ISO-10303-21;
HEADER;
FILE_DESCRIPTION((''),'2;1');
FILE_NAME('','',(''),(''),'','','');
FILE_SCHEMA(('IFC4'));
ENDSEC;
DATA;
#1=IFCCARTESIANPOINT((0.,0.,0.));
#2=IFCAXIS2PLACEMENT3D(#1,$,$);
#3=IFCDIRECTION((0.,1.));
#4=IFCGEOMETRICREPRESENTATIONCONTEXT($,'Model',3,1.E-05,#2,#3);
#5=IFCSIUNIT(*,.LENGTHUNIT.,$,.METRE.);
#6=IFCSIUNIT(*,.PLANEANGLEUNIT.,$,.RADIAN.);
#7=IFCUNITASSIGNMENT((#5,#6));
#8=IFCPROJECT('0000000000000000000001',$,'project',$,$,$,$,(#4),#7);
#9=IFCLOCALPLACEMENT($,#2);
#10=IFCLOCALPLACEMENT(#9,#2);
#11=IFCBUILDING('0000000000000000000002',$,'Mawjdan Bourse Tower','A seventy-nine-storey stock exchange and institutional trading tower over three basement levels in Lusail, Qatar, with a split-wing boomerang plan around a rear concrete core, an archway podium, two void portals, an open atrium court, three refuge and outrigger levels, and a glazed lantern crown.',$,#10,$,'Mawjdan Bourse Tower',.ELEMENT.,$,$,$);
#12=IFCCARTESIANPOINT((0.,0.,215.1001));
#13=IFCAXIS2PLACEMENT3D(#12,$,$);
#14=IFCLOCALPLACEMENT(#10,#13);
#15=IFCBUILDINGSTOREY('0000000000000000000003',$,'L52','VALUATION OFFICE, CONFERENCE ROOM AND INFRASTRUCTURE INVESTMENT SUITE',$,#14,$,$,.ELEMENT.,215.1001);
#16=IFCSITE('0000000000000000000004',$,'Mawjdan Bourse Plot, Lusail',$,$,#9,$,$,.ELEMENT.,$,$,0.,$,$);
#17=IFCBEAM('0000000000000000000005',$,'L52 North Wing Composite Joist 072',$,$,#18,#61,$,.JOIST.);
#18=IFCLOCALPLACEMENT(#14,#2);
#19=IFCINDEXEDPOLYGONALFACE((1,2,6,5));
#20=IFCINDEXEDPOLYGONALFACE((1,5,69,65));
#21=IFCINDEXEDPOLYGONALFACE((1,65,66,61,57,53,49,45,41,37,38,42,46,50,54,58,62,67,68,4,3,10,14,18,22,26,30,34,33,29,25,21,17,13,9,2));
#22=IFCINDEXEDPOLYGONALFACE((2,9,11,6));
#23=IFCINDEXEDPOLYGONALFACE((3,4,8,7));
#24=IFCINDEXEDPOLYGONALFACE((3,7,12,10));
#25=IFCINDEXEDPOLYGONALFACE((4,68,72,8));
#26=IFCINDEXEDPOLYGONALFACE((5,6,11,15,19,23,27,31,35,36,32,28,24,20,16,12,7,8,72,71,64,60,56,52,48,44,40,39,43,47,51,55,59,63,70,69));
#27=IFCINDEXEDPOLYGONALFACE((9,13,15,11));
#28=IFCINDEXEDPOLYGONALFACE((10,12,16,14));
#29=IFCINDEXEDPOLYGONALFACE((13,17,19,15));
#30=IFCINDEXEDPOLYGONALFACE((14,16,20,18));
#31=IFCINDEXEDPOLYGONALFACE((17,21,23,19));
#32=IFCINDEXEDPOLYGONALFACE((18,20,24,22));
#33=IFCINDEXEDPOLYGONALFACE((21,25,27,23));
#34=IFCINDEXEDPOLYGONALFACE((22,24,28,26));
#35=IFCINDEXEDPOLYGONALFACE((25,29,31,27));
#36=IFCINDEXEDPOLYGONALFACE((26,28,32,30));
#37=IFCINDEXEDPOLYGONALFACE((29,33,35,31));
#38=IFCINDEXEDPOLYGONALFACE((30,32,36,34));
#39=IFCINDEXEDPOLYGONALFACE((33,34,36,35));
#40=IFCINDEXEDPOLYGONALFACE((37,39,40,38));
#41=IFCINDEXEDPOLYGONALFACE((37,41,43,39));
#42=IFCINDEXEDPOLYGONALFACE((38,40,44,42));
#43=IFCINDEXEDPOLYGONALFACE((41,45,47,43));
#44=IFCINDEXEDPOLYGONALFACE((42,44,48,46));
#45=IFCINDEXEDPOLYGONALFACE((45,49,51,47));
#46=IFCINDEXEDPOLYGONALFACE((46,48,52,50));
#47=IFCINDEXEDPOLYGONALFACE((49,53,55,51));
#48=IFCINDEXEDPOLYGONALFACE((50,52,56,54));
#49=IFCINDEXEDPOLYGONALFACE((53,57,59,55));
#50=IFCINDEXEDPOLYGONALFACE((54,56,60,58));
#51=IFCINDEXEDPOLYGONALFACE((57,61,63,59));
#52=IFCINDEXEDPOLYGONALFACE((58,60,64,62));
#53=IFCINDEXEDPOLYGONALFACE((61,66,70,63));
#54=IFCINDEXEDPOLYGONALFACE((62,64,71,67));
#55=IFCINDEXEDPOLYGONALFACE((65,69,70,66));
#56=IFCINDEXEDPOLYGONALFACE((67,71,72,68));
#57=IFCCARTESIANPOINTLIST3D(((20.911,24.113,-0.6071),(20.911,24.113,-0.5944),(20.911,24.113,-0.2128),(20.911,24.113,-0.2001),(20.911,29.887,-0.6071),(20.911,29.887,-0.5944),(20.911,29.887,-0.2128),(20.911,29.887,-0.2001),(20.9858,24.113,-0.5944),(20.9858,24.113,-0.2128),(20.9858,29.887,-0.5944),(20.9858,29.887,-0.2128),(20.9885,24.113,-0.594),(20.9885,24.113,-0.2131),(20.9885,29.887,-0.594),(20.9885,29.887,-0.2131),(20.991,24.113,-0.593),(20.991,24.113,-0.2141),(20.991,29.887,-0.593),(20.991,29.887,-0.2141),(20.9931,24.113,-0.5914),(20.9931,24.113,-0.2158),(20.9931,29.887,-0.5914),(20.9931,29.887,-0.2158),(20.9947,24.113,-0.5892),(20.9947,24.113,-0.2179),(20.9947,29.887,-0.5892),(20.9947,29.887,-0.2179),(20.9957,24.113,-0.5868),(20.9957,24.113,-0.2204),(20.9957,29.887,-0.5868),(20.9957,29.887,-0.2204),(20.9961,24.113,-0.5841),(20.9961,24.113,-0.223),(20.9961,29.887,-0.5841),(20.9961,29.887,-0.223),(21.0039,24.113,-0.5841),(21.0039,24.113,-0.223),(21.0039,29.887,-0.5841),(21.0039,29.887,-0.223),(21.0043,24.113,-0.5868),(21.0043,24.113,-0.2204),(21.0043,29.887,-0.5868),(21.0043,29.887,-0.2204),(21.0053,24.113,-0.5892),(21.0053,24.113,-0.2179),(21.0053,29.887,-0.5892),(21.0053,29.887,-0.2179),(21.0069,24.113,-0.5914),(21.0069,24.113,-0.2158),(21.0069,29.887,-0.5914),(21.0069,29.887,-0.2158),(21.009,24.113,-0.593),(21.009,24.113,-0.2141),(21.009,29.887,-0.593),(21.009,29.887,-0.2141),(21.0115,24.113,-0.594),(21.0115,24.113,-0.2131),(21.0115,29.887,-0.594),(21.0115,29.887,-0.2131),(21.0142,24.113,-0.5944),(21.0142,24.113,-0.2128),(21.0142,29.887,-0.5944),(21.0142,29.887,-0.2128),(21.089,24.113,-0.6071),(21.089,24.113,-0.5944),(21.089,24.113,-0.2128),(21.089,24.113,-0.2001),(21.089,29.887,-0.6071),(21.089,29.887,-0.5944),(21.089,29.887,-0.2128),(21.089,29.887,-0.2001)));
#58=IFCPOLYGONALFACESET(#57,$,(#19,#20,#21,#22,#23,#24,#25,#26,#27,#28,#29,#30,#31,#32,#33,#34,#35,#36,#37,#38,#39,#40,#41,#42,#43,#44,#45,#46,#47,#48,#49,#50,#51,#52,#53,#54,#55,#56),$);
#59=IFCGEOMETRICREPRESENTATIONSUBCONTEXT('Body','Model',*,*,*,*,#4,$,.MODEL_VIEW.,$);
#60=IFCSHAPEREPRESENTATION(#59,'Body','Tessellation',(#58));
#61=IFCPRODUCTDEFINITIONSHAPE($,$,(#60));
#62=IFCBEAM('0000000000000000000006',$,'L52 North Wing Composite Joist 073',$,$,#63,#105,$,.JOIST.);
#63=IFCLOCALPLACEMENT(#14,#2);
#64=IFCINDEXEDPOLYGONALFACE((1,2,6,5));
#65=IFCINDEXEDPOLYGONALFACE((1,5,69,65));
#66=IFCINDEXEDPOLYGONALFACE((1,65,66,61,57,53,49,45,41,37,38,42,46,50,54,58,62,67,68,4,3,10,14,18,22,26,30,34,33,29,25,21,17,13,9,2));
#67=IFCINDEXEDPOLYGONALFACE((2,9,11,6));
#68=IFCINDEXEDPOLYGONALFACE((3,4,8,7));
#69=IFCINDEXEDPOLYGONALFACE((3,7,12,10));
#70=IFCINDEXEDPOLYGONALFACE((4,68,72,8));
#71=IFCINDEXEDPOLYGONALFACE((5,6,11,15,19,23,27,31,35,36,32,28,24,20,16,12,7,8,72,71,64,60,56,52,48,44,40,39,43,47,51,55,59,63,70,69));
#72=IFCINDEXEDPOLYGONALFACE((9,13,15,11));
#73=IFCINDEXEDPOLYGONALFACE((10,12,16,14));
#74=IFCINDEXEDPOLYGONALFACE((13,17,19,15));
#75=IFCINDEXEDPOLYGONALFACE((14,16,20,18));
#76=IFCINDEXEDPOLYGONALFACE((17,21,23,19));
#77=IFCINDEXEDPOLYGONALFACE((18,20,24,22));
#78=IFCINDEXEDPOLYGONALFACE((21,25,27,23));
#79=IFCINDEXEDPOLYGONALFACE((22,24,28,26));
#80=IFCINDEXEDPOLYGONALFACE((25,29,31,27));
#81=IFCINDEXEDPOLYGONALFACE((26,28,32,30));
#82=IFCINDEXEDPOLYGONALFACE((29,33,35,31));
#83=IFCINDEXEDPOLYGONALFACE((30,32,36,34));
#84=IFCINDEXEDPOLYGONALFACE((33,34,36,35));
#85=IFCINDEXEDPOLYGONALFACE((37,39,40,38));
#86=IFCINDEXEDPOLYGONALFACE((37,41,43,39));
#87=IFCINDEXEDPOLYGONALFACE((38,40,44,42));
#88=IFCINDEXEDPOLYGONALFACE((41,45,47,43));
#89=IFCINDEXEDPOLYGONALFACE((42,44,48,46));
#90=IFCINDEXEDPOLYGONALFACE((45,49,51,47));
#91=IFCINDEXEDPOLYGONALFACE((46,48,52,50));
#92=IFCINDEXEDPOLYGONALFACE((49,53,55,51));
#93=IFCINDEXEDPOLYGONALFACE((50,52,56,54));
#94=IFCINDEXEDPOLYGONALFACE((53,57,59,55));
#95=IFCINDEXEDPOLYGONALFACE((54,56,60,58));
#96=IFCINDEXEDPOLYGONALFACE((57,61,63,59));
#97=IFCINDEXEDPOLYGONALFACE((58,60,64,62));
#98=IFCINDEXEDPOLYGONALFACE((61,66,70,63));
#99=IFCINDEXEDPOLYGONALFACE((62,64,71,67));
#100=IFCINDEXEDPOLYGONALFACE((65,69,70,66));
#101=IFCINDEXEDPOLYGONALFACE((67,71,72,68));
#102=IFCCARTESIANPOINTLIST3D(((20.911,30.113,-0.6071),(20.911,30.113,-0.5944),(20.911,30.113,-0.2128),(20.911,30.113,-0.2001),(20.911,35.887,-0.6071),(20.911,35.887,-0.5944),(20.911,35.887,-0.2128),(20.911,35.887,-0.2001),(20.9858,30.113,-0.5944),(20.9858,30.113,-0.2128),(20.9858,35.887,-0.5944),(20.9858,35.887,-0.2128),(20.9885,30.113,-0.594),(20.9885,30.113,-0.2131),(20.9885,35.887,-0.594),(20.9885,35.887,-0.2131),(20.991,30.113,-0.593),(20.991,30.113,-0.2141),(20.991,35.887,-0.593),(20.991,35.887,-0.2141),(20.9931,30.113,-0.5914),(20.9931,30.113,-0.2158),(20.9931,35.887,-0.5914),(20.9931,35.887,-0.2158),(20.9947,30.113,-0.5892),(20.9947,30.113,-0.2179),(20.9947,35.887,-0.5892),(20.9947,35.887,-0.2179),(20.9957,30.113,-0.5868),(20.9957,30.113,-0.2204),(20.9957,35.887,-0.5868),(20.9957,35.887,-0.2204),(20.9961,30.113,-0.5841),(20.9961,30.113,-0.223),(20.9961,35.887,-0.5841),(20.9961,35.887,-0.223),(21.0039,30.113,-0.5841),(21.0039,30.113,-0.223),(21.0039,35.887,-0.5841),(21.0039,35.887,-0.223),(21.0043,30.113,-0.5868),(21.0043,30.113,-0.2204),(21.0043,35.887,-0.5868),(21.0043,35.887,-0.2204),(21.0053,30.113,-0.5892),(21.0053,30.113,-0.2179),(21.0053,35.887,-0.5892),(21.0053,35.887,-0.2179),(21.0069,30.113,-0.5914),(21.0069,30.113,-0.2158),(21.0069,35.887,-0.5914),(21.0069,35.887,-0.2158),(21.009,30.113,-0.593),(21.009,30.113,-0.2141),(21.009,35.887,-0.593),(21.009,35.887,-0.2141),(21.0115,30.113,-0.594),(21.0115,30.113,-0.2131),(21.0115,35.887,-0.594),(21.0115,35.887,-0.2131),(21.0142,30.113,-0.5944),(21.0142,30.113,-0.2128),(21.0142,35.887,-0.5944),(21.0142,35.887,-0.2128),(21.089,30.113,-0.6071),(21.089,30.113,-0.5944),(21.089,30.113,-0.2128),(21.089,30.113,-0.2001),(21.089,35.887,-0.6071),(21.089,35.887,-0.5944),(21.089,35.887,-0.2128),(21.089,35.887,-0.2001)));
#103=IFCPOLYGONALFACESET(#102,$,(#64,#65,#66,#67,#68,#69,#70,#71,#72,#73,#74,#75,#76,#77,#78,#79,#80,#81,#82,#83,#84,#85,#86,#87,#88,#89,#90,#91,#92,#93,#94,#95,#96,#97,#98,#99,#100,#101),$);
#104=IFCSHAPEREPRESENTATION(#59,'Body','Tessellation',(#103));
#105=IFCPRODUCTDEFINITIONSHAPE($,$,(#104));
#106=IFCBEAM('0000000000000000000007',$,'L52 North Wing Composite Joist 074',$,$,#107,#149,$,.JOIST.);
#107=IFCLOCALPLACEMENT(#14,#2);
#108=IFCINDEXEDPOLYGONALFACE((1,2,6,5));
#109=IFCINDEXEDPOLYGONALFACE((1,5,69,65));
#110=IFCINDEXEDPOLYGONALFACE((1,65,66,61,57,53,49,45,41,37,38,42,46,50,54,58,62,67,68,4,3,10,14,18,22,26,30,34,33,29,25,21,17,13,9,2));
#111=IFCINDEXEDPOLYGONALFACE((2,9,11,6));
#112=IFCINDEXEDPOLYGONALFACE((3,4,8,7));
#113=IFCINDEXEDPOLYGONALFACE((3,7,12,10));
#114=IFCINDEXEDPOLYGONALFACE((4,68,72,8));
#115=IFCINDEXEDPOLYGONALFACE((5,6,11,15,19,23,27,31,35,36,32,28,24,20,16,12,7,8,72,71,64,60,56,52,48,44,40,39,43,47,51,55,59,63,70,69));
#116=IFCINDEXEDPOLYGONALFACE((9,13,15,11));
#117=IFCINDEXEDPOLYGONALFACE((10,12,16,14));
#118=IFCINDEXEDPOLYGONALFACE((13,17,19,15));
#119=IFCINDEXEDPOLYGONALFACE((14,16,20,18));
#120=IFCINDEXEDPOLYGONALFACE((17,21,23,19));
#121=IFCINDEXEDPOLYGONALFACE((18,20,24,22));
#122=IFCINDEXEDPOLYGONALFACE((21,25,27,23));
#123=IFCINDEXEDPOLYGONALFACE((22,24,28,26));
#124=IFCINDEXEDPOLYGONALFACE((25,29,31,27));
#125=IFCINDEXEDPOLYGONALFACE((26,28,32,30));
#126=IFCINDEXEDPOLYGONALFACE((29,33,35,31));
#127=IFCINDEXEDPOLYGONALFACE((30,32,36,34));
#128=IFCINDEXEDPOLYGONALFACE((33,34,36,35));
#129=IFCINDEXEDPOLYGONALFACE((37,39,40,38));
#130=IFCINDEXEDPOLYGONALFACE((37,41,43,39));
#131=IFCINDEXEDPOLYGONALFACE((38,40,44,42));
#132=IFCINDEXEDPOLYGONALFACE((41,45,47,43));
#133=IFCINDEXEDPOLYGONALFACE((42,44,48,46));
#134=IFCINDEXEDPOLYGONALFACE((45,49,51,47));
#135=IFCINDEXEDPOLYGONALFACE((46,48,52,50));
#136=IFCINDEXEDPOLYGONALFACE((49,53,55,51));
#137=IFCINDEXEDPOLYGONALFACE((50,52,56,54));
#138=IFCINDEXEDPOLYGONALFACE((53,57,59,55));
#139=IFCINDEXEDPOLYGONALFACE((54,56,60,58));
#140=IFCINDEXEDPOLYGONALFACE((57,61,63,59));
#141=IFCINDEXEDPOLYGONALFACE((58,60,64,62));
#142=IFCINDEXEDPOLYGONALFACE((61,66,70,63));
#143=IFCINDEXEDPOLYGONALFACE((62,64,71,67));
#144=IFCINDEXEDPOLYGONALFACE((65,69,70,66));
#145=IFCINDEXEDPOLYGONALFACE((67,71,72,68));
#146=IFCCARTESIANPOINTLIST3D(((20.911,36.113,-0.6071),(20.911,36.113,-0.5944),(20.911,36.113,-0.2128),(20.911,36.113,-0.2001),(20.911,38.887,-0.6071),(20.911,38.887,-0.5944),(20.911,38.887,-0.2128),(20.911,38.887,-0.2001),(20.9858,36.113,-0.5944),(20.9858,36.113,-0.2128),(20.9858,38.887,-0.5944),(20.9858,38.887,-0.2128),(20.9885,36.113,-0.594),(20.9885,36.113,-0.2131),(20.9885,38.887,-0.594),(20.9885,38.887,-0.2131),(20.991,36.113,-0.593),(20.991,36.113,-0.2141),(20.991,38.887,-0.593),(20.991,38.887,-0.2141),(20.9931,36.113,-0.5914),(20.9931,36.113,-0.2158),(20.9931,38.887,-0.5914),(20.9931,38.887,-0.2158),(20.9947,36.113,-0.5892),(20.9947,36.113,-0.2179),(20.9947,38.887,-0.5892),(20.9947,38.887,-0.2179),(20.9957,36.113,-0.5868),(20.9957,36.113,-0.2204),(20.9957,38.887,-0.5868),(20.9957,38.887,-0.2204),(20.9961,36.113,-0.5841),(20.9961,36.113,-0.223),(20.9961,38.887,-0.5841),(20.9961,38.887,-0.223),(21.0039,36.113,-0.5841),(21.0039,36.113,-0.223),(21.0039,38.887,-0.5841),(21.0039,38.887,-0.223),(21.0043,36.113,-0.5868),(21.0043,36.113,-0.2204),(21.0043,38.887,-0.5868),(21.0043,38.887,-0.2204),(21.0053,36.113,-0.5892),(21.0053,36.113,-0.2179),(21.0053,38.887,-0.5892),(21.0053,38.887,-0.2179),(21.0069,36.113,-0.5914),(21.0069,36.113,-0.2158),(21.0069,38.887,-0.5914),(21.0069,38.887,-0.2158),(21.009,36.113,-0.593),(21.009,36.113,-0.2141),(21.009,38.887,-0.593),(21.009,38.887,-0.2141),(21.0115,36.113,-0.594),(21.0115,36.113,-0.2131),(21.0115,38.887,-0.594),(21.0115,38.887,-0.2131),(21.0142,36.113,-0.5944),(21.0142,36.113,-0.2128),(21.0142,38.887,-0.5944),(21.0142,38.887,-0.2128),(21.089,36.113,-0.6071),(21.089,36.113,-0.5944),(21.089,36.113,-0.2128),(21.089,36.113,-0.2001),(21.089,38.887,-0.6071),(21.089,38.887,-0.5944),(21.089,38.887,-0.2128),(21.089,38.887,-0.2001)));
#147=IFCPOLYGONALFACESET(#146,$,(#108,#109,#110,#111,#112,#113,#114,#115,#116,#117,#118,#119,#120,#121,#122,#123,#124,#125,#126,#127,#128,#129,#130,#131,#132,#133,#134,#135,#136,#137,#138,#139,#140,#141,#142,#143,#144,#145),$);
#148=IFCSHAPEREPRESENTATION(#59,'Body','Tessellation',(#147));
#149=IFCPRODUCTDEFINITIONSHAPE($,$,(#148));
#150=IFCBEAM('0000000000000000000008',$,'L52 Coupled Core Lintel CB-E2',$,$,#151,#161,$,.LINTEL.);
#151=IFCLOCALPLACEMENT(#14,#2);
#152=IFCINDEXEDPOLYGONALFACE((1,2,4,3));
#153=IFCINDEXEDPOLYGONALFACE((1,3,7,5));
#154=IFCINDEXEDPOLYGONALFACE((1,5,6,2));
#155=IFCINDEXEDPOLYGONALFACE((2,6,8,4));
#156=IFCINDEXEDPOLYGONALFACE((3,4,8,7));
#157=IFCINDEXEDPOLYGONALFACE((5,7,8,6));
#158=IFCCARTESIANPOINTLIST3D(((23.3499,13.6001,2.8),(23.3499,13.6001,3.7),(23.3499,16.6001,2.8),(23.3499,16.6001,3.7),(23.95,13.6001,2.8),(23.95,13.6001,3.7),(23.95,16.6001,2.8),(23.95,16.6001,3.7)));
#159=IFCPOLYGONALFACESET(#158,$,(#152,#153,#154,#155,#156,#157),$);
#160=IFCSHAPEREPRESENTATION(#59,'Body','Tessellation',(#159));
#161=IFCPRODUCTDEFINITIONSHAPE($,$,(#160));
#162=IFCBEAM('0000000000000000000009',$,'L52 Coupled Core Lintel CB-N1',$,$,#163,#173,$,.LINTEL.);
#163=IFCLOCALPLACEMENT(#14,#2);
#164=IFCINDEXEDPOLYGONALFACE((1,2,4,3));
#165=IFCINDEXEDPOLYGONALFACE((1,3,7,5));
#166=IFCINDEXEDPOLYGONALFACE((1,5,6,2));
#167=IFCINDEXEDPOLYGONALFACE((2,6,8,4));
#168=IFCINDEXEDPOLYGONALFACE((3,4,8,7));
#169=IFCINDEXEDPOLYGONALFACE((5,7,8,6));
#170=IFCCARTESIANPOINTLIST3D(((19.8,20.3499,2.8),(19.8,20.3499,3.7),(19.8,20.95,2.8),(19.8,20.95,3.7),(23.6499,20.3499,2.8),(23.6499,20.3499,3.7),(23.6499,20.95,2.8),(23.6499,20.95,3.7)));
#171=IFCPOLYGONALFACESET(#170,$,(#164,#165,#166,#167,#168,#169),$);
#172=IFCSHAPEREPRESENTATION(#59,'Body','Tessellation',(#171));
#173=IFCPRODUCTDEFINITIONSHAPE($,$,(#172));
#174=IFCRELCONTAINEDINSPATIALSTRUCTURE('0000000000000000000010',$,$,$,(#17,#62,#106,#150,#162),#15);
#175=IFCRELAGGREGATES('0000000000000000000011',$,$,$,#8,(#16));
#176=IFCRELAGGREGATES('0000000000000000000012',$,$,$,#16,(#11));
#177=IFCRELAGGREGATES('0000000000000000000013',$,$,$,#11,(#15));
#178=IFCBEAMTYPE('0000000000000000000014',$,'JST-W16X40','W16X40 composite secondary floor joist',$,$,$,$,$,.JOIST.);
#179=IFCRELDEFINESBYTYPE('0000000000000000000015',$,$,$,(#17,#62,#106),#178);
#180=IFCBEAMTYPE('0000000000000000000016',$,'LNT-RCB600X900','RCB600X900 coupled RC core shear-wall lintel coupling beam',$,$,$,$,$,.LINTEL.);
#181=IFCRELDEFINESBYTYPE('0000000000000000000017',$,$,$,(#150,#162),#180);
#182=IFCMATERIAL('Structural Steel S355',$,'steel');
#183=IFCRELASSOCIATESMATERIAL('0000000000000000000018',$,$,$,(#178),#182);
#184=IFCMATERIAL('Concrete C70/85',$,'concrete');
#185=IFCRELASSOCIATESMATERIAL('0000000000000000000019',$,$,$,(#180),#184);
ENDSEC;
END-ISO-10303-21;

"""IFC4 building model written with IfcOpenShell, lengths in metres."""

from ifc_helpers import new_model, si_unit, direction, frame, origin, origin_2d, place, context, subcontext, project, spatial, rectangle, i_section, extrude, material, material_profile, profile_set, type_object, element, save


model = new_model("IFC4")

# Units and contexts
model_context = context("Model", 3, precision=1e-05, world=origin(), true_north=direction((0.0, 1.0)))
body_context = subcontext(model_context, "Body", "Model", "MODEL_VIEW")
ifc_project = project(units=[si_unit("LENGTHUNIT", "METRE"), si_unit("PLANEANGLEUNIT", "RADIAN")], contexts=[model_context])

# Site, building, storey
site_placement = place(None, origin())
site = spatial("IfcSite", under=ifc_project, at=site_placement, Name="Mawjdan Bourse Plot, Lusail", CompositionType="ELEMENT", RefElevation=0.0)
building_placement = place(site_placement, origin())
building = spatial("IfcBuilding", under=site, at=building_placement, Name="Mawjdan Bourse Tower", Description="A seventy-nine-storey stock exchange and institutional trading tower over three basement levels in Lusail, Qatar, with a split-wing boomerang plan around a rear concrete core, an archway podium, two void portals, an open atrium court, three refuge and outrigger levels, and a glazed lantern crown.", LongName="Mawjdan Bourse Tower", CompositionType="ELEMENT")
storey_placement = place(building_placement, frame((0.0, 0.0, 215.1001)))
storey = spatial("IfcBuildingStorey", under=building, at=storey_placement, Name="L52", Description="VALUATION OFFICE, CONFERENCE ROOM AND INFRASTRUCTURE INVESTMENT SUITE", CompositionType="ELEMENT", Elevation=215.1001)

# Shared definitions
ifc_material_1 = material(Name="Concrete C70/85", Category="concrete")

# Beams
ifc_material_2 = material(Name="Structural Steel S355", Category="steel")
ifc_material_profile_1 = material_profile(ifc_material_2, i_section(OverallWidth=0.178, OverallDepth=0.407, WebThickness=0.0078, FlangeThickness=0.0127, FilletRadius=0.0103, at=origin_2d()), Name="W16X40")
ifc_profile_set_1 = profile_set([ifc_material_profile_1], Name="Structural Steel S355")
beam_type_1 = type_object("IfcBeamType", Name="JST-W16X40", Description="W16X40 composite secondary floor joist", PredefinedType="JOIST", material=ifc_profile_set_1)
for number, where, z_axis, x_axis, name in (
    (1, (21.0, 24.113, -0.4036), (0.0, 1.0, 0.0), (-1.0, 0.0, 0.0), "L52 North Wing Composite Joist 072"),
    (2, (21.0, 30.113, -0.4036), (0.0, 1.0, 0.0), (-1.0, 0.0, 0.0), "L52 North Wing Composite Joist 073"),
):
    element("IfcBeam", number, at=place(storey_placement, frame(where, z_axis=z_axis, x_axis=x_axis)), inside=storey, type_object=beam_type_1, Name=name, PredefinedType="JOIST", context=body_context, shape_type="SweptSolid", body=[
        extrude(i_section(OverallWidth=0.178, OverallDepth=0.407, WebThickness=0.0078, FlangeThickness=0.0127, FilletRadius=0.0103, at=origin_2d()), origin(), (0.0, 0.0, 1.0), 5.7739),
    ])
beam_1_placement = place(storey_placement, frame((21.0, 36.113, -0.4036), z_axis=(0.0, 1.0, 0.0), x_axis=(-1.0, 0.0, 0.0)))
element("IfcBeam", 3, at=beam_1_placement, inside=storey, type_object=beam_type_1, Name="L52 North Wing Composite Joist 074", PredefinedType="JOIST", context=body_context, shape_type="SweptSolid", body=[
    extrude(i_section(OverallWidth=0.178, OverallDepth=0.407, WebThickness=0.0078, FlangeThickness=0.0127, FilletRadius=0.0103, at=origin_2d()), origin(), (0.0, 0.0, 1.0), 2.7739),
])
ifc_material_profile_2 = material_profile(ifc_material_1, rectangle(XDim=0.6001, YDim=0.8999, at=origin_2d()), Name="RCB600X900")
ifc_profile_set_2 = profile_set([ifc_material_profile_2], Name="Concrete C70/85")
beam_type_2 = type_object("IfcBeamType", Name="LNT-RCB600X900", Description="RCB600X900 coupled RC core shear-wall lintel coupling beam", PredefinedType="LINTEL", material=ifc_profile_set_2)
beam_2_placement = place(storey_placement, frame((23.6499, 13.6001, 3.25), z_axis=(0.0, 1.0, 0.0), x_axis=(-1.0, 0.0, 0.0)))
element("IfcBeam", 4, at=beam_2_placement, inside=storey, type_object=beam_type_2, Name="L52 Coupled Core Lintel CB-E2", PredefinedType="LINTEL", context=body_context, shape_type="SweptSolid", body=[
    extrude(rectangle(XDim=0.6001, YDim=0.8999, at=origin_2d()), origin(), (0.0, 0.0, 1.0), 3.0),
])
beam_3_placement = place(storey_placement, frame((19.8, 20.6499, 3.25), z_axis=(1.0, 0.0, 0.0), x_axis=(0.0, 1.0, 0.0)))
element("IfcBeam", 5, at=beam_3_placement, inside=storey, type_object=beam_type_2, Name="L52 Coupled Core Lintel CB-N1", PredefinedType="LINTEL", context=body_context, shape_type="SweptSolid", body=[
    extrude(rectangle(XDim=0.6001, YDim=0.8999, at=origin_2d()), origin(), (0.0, 0.0, 1.0), 3.8499),
])

save(model, "model.ifc")
